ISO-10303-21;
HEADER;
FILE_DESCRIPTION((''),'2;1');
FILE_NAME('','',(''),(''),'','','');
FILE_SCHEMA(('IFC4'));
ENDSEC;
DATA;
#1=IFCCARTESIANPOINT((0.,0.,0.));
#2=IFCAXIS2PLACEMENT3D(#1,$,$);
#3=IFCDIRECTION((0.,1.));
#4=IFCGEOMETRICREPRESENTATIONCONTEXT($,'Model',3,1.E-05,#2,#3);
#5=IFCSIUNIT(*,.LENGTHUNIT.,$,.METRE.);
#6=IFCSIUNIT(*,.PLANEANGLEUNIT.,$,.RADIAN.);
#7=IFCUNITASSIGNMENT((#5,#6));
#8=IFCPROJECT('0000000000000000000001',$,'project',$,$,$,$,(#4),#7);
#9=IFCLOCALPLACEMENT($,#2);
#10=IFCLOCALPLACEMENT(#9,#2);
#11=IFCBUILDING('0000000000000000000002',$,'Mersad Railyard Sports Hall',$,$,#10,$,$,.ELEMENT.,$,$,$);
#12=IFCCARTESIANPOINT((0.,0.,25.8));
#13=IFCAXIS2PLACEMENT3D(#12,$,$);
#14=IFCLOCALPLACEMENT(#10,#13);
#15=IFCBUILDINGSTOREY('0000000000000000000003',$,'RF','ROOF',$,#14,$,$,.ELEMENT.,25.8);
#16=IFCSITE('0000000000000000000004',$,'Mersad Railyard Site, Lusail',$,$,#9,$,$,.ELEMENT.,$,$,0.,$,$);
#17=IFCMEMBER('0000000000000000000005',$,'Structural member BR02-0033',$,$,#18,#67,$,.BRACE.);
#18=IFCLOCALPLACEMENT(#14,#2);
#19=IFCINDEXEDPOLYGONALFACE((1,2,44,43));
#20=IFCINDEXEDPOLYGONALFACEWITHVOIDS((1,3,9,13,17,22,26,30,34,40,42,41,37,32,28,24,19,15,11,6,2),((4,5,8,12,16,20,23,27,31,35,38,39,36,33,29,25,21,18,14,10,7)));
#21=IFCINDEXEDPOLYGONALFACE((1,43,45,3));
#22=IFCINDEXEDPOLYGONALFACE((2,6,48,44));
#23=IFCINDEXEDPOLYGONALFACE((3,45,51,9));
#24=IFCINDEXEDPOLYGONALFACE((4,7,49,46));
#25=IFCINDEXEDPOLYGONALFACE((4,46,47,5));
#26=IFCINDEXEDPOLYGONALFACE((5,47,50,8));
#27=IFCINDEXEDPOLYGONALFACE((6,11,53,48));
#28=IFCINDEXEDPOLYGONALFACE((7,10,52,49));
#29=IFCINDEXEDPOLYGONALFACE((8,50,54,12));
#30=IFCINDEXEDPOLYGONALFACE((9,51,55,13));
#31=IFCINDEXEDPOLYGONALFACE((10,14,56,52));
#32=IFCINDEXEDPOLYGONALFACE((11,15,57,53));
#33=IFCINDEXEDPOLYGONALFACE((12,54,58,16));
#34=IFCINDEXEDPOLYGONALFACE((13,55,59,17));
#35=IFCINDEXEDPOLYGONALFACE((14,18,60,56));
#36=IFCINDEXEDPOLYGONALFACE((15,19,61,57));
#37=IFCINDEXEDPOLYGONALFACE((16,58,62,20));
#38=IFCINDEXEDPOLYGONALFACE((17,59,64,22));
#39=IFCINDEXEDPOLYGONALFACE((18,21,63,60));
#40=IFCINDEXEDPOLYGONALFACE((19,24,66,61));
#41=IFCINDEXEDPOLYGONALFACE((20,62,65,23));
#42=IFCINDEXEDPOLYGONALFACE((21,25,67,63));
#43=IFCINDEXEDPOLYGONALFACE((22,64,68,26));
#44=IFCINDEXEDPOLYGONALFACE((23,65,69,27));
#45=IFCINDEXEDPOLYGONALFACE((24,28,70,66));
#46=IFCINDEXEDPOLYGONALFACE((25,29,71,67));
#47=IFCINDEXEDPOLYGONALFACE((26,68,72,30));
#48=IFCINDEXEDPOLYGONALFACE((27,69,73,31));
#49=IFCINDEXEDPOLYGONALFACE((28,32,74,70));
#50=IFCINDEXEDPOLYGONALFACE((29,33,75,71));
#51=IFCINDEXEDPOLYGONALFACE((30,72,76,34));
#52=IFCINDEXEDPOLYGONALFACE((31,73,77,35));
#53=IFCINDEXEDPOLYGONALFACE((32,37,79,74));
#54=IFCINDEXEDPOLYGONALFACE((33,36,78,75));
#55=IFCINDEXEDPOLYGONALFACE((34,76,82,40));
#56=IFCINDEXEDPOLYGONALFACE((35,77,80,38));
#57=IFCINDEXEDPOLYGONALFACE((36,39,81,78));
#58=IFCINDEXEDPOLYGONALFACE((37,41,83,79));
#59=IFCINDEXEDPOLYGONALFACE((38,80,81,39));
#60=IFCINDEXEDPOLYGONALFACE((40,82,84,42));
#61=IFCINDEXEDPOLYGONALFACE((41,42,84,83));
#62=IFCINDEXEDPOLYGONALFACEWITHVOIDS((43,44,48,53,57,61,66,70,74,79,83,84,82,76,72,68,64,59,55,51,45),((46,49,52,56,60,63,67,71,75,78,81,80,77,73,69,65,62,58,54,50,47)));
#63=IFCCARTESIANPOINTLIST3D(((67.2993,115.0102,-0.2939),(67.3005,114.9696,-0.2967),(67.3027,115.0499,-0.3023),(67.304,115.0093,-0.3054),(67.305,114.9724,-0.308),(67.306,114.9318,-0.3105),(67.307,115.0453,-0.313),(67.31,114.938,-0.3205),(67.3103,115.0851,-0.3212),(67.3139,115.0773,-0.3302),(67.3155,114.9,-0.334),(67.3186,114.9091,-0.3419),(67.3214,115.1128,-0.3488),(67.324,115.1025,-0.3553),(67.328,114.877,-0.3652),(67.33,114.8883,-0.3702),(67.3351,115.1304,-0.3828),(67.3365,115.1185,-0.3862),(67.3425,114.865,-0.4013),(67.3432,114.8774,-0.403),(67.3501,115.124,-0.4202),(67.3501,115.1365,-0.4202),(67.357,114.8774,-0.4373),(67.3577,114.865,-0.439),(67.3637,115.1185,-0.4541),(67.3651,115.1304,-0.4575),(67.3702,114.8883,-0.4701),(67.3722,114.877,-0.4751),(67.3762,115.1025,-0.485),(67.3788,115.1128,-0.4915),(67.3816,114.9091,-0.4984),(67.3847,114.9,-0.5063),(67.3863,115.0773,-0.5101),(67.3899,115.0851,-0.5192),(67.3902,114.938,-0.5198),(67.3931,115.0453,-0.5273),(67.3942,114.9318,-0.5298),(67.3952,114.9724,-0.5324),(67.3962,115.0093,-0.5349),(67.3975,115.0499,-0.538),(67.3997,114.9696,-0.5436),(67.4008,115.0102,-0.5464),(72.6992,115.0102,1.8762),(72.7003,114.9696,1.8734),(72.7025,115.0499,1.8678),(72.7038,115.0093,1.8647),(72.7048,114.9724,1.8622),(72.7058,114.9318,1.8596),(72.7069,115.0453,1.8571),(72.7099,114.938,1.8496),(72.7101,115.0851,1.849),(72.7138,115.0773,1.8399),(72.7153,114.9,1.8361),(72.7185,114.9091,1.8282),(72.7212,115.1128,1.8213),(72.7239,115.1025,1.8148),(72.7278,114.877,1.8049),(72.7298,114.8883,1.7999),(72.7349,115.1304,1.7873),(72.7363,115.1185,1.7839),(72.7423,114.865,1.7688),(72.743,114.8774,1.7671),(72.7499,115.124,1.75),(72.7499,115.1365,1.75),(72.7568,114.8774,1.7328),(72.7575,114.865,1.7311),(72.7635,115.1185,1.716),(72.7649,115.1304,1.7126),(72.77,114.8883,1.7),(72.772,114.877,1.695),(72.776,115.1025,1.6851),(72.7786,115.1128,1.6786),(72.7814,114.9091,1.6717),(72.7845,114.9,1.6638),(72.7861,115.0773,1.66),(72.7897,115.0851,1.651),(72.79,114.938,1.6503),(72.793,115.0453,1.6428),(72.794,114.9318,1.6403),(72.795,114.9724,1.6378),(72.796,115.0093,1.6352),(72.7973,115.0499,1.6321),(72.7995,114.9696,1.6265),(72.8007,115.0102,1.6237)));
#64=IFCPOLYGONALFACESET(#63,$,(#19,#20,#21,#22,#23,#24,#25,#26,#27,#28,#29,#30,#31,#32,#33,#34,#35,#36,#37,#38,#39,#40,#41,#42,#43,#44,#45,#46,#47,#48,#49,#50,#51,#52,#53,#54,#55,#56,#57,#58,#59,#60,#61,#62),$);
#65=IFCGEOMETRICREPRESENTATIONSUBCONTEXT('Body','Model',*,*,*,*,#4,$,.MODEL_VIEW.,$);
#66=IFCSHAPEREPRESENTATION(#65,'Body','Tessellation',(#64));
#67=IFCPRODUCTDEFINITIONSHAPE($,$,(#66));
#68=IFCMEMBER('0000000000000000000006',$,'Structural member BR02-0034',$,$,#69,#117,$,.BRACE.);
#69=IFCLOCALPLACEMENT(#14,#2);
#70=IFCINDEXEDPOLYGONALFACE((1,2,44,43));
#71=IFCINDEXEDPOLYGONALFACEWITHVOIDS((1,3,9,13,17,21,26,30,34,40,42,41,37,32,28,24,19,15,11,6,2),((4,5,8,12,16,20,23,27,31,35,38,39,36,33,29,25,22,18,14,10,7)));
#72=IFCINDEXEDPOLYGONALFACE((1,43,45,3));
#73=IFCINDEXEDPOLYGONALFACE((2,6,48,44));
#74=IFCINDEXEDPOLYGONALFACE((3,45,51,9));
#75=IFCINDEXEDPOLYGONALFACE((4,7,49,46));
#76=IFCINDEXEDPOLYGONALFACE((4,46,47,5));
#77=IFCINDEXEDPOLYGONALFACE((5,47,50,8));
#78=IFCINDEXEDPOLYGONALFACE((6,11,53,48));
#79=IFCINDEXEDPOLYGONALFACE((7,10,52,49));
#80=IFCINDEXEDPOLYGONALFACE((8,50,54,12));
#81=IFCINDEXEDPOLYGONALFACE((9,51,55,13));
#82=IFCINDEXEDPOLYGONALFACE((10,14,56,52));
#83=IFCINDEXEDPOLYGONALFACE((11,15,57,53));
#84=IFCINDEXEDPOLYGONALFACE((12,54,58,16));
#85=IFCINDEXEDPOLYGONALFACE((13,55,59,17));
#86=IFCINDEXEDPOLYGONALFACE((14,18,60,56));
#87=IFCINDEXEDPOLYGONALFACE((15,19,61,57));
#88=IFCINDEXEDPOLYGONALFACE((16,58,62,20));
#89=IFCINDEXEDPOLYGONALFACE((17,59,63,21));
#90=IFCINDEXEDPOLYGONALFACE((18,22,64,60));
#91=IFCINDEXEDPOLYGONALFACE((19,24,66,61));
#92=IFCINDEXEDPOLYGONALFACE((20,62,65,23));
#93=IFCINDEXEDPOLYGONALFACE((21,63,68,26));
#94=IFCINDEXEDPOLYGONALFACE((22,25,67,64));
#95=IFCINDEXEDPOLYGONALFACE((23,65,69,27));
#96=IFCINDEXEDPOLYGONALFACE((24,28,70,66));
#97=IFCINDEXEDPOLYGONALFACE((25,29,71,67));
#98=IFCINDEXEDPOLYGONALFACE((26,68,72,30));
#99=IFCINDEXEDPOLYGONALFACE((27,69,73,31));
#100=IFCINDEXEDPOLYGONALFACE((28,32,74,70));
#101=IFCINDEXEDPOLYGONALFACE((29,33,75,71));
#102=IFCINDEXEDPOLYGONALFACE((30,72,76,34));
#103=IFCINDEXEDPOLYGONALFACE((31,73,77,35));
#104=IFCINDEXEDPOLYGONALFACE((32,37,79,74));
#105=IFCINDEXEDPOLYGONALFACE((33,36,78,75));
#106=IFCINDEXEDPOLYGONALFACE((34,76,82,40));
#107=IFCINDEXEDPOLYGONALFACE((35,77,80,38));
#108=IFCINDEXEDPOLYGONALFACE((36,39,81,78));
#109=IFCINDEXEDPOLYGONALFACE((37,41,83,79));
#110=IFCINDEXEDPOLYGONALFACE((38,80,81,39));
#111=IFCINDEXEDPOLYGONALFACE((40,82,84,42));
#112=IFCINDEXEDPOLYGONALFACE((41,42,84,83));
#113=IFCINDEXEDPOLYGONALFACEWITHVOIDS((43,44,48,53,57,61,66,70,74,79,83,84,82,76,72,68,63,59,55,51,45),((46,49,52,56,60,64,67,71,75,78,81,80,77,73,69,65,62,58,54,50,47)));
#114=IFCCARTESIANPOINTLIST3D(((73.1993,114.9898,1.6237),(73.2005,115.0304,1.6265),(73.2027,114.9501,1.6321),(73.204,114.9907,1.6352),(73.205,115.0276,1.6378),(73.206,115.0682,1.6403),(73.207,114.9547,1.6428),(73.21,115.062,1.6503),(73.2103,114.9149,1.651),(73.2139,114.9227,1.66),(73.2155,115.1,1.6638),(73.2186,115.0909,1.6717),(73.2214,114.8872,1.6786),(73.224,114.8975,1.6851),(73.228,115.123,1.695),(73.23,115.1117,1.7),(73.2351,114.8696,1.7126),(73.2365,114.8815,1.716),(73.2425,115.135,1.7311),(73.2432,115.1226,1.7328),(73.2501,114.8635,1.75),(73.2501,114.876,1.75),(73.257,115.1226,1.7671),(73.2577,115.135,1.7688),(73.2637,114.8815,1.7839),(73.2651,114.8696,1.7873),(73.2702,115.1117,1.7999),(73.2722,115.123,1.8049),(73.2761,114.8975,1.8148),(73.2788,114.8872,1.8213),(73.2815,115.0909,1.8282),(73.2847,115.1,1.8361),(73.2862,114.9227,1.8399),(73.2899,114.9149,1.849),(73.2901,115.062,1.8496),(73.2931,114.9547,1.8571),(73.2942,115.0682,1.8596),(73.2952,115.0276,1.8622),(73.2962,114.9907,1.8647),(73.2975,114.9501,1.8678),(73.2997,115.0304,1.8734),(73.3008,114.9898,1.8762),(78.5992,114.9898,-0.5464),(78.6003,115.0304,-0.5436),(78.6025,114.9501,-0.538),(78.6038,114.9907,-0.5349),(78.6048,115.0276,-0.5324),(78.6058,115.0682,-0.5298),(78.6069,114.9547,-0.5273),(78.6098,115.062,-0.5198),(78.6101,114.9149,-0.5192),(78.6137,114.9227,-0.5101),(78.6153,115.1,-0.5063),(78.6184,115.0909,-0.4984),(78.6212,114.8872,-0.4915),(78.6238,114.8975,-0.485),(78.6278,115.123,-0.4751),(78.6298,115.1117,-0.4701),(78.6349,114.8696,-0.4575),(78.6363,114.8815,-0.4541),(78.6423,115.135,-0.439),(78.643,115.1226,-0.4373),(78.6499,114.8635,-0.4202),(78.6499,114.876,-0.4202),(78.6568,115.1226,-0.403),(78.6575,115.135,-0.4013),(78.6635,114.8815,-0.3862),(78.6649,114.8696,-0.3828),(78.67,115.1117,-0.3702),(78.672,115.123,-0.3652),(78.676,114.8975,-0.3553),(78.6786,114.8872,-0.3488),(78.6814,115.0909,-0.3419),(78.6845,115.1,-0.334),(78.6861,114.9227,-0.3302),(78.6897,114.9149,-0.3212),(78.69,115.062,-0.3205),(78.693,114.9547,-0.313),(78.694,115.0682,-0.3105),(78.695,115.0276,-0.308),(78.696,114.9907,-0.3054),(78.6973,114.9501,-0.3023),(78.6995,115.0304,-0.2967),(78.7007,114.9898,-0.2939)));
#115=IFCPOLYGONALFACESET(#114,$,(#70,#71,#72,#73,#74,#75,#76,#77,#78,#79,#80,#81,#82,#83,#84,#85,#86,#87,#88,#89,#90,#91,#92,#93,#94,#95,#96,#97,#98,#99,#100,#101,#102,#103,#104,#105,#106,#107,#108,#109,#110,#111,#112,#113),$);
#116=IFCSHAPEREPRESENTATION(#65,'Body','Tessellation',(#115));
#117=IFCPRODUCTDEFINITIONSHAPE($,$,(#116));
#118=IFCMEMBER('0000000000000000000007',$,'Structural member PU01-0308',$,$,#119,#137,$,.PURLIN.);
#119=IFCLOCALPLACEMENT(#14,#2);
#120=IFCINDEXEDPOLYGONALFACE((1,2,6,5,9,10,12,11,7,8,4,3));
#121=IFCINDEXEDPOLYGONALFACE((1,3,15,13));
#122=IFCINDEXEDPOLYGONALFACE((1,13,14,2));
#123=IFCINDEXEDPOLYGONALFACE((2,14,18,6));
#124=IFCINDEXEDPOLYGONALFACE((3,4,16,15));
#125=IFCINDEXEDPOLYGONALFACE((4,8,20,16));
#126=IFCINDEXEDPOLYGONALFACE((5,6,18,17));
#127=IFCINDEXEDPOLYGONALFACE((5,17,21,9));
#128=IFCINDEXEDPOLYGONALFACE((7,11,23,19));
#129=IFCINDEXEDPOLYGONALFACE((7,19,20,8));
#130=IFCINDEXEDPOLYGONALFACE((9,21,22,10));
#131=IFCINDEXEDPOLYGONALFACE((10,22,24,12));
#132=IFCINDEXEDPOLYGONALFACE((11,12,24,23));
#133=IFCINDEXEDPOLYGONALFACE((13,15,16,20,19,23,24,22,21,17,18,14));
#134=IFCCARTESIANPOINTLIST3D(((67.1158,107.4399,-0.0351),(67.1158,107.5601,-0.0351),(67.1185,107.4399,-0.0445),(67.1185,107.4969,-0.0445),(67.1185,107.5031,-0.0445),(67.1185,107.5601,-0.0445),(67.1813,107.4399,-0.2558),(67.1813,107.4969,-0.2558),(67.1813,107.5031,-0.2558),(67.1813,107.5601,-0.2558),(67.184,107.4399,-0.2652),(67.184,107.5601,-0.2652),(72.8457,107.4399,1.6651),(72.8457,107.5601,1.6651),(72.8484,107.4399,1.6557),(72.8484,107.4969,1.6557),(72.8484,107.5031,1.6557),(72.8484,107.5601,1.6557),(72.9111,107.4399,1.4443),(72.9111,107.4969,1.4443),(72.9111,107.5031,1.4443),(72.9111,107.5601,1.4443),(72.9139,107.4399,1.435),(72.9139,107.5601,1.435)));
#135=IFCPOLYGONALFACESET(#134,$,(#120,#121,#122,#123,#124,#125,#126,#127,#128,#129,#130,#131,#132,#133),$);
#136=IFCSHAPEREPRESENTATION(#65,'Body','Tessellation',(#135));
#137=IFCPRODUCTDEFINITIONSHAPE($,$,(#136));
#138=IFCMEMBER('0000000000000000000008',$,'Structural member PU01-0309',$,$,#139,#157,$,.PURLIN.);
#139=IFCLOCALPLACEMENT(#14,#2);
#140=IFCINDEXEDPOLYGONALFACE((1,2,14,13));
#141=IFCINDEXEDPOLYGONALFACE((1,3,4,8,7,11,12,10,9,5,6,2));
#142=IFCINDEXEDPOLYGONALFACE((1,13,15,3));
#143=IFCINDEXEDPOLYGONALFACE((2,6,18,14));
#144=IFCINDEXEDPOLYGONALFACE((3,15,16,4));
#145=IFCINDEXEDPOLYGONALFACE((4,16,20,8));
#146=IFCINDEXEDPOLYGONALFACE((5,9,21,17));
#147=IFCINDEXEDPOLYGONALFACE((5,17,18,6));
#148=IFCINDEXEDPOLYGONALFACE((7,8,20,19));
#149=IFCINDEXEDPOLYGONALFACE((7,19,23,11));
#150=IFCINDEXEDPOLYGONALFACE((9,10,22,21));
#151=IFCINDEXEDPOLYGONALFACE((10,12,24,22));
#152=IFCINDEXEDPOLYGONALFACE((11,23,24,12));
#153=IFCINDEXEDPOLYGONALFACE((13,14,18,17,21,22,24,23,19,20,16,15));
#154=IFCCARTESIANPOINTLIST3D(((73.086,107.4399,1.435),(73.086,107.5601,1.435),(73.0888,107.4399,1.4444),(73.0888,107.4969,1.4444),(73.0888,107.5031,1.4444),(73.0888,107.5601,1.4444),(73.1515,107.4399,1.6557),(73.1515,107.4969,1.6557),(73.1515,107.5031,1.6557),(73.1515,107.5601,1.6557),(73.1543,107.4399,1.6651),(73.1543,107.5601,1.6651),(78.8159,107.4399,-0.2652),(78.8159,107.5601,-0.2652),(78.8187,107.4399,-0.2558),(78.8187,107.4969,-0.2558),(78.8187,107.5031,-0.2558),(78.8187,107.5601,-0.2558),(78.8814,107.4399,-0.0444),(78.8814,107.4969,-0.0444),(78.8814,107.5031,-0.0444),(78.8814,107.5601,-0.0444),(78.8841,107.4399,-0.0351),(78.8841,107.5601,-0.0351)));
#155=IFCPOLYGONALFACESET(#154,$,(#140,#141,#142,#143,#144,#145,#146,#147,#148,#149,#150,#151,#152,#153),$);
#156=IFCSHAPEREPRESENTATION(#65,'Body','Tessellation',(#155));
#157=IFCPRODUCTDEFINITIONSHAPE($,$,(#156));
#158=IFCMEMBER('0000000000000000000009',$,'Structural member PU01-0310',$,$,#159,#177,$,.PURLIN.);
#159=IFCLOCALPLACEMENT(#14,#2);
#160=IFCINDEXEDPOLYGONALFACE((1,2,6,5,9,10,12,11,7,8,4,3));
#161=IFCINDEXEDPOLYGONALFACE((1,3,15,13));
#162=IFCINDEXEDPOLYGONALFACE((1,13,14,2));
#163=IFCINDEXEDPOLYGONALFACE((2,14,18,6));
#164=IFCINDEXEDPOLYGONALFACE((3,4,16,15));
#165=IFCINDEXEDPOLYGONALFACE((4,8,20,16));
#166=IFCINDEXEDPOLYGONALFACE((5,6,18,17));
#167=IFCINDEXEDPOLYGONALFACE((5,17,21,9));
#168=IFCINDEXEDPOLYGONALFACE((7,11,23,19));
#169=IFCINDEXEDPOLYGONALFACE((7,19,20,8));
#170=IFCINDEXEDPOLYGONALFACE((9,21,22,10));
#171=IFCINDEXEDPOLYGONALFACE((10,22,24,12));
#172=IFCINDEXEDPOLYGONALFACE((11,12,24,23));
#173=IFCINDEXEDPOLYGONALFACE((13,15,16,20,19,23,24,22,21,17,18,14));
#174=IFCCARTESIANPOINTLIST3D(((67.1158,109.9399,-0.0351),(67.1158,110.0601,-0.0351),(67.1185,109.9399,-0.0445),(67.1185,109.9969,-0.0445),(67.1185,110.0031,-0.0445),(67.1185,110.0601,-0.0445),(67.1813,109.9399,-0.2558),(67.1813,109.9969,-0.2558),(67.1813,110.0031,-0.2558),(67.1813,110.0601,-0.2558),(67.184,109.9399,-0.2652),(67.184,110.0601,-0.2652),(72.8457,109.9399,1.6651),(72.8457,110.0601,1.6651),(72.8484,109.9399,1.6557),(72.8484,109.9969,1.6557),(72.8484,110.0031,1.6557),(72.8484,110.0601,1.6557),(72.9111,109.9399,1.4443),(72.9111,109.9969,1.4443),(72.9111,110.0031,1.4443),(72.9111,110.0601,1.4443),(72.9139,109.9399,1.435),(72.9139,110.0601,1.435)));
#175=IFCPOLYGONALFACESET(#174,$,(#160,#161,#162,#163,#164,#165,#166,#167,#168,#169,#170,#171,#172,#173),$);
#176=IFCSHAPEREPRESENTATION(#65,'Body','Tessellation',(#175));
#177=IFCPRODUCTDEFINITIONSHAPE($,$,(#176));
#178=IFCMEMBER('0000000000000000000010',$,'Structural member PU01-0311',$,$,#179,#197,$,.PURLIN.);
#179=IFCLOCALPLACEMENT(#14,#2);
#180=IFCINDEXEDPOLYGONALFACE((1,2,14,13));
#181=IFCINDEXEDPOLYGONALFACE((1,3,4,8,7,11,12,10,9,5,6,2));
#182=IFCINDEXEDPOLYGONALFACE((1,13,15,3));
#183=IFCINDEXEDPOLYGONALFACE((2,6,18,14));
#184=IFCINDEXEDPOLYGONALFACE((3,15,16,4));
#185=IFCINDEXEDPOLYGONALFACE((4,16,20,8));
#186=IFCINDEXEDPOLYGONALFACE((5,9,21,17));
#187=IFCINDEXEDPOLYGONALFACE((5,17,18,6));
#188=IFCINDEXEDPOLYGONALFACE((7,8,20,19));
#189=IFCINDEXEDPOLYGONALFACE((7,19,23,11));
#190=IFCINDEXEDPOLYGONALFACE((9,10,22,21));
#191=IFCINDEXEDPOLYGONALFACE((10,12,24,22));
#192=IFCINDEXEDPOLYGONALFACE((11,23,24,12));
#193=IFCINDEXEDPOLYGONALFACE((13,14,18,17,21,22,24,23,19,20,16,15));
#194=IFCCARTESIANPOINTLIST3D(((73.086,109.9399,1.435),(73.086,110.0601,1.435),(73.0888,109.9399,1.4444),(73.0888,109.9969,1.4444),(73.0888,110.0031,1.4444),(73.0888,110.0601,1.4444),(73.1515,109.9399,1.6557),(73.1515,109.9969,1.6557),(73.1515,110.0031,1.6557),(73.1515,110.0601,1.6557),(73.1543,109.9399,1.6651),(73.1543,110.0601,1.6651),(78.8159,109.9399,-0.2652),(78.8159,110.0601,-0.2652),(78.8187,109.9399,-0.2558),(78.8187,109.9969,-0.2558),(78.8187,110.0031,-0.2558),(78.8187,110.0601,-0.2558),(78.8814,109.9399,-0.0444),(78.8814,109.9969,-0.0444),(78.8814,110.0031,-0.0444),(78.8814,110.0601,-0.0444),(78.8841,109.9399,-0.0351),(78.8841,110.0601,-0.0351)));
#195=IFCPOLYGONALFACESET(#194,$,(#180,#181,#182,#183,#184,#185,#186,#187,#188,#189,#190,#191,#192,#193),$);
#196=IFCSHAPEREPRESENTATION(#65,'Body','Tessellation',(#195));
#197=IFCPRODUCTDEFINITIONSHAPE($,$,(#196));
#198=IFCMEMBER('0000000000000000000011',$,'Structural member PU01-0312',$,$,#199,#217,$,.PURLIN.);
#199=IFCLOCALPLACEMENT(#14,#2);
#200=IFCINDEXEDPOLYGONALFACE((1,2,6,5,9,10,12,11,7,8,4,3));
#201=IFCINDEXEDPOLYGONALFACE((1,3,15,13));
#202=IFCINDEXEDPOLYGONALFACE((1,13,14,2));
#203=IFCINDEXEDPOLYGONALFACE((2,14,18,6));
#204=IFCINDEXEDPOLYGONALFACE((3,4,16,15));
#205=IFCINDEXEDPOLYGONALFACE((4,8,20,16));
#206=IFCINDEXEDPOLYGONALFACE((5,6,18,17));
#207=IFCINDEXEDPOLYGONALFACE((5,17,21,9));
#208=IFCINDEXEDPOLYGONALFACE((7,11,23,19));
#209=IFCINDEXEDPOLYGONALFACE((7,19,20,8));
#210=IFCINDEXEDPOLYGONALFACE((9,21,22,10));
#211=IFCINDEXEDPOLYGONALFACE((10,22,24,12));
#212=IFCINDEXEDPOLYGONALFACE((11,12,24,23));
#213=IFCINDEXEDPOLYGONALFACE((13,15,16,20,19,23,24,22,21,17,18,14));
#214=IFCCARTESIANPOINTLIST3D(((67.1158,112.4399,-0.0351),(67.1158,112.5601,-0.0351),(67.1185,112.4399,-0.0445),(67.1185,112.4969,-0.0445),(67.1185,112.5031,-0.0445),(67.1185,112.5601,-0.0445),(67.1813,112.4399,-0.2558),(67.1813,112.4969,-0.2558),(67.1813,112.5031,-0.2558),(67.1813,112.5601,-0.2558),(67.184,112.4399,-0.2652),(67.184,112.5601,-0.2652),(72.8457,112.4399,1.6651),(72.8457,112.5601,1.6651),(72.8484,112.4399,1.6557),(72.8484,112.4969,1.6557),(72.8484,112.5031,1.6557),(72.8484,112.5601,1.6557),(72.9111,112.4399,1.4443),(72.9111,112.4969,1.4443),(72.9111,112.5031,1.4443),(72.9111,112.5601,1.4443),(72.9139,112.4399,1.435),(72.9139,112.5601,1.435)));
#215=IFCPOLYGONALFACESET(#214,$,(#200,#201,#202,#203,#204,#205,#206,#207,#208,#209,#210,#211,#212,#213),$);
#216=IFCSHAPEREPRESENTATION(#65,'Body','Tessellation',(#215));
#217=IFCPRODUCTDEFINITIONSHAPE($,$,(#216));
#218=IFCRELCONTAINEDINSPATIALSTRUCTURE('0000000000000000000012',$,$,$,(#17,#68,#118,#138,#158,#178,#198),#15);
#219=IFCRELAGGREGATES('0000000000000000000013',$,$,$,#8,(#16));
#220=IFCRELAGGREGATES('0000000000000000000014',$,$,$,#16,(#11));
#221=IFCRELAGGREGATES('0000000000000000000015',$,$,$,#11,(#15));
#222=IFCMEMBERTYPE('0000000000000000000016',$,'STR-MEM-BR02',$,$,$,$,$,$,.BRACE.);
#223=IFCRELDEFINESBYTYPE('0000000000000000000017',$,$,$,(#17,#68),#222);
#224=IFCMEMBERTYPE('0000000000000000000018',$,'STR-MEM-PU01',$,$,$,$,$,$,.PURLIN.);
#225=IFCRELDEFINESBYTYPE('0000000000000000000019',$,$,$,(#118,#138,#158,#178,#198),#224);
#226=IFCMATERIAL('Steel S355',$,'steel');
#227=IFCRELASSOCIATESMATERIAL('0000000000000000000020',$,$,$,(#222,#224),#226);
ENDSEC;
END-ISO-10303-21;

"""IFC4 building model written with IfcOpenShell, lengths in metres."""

from ifc_helpers import new_model, si_unit, direction, frame, origin, origin_2d, place, context, subcontext, project, spatial, hollow_circle, i_section, extrude, material, material_profile, profile_set, type_object, element, save


model = new_model("IFC4")

# Units and contexts
model_context = context("Model", 3, precision=1e-05, world=origin(), true_north=direction((0.0, 1.0)))
body_context = subcontext(model_context, "Body", "Model", "MODEL_VIEW")
ifc_project = project(units=[si_unit("LENGTHUNIT", "METRE"), si_unit("PLANEANGLEUNIT", "RADIAN")], contexts=[model_context])

# Site, building, storey
site_placement = place(None, origin())
site = spatial("IfcSite", under=ifc_project, at=site_placement, Name="Mersad Railyard Site, Lusail", CompositionType="ELEMENT", RefElevation=0.0)
building_placement = place(site_placement, origin())
building = spatial("IfcBuilding", under=site, at=building_placement, Name="Mersad Railyard Sports Hall", CompositionType="ELEMENT")
storey_placement = place(building_placement, frame((0.0, 0.0, 25.8)))
storey = spatial("IfcBuildingStorey", under=building, at=storey_placement, Name="RF", Description="ROOF", CompositionType="ELEMENT", Elevation=25.8)

# Shared definitions
ifc_material_1 = material(Name="Steel S355", Category="steel")

# Members
ifc_material_profile_1 = material_profile(ifc_material_1, hollow_circle(Radius=0.1365, WallThickness=0.0125, at=origin_2d()), Name="CHS 273x12.5")
ifc_profile_set_1 = profile_set([ifc_material_profile_1], Name="Steel S355")
member_type_1 = type_object("IfcMemberType", Name="STR-MEM-BR02", PredefinedType="BRACE", material=ifc_profile_set_1)
for number, where, z_axis, x_axis, name in (
    (1, (67.3501, 115.0, -0.4202), (0.927871, 0.0, 0.372902), (0.0, 1.0, 0.0), "Structural member BR02-0033"),
    (2, (78.6499, 115.0, -0.4202), (-0.927871, 0.0, 0.372902), (0.0, -1.0, 0.0), "Structural member BR02-0034"),
):
    element("IfcMember", number, at=place(storey_placement, frame(where, z_axis=z_axis, x_axis=x_axis)), inside=storey, type_object=member_type_1, Name=name, PredefinedType="BRACE", context=body_context, shape_type="SweptSolid", body=[
        extrude(hollow_circle(Radius=0.1365, WallThickness=0.0125, at=origin_2d()), origin(), (0.0, 0.0, 1.0), 5.8196),
    ])
ifc_material_profile_2 = material_profile(ifc_material_1, i_section(OverallWidth=0.1201, OverallDepth=0.24, WebThickness=0.0061, FlangeThickness=0.0098, at=origin_2d()), Name="IPE 240")
ifc_profile_set_2 = profile_set([ifc_material_profile_2], Name="Steel S355")
member_type_2 = type_object("IfcMemberType", Name="STR-MEM-PU01", PredefinedType="PURLIN", material=ifc_profile_set_2)
for number, where, z_axis, x_axis, name in (
    (3, (67.1499, 107.5, -0.1501), (0.958688, 0.0, 0.284461), (0.0, 1.0, 0.0), "Structural member PU01-0308"),
    (4, (73.1201, 107.5, 1.55), (0.958688, 0.0, -0.284461), (0.0, 1.0, 0.0), "Structural member PU01-0309"),
    (5, (67.1499, 110.0, -0.1501), (0.958688, 0.0, 0.284461), (0.0, 1.0, 0.0), "Structural member PU01-0310"),
    (6, (73.1201, 110.0, 1.55), (0.958688, 0.0, -0.284461), (0.0, 1.0, 0.0), "Structural member PU01-0311"),
    (7, (67.1499, 112.5, -0.1501), (0.958688, 0.0, 0.284461), (0.0, 1.0, 0.0), "Structural member PU01-0312"),
):
    element("IfcMember", number, at=place(storey_placement, frame(where, z_axis=z_axis, x_axis=x_axis)), inside=storey, type_object=member_type_2, Name=name, PredefinedType="PURLIN", context=body_context, shape_type="SweptSolid", body=[
        extrude(i_section(OverallWidth=0.1201, OverallDepth=0.24, WebThickness=0.0061, FlangeThickness=0.0098, at=origin_2d()), origin(), (0.0, 0.0, 1.0), 5.9768),
    ])

save(model, "model.ifc")
